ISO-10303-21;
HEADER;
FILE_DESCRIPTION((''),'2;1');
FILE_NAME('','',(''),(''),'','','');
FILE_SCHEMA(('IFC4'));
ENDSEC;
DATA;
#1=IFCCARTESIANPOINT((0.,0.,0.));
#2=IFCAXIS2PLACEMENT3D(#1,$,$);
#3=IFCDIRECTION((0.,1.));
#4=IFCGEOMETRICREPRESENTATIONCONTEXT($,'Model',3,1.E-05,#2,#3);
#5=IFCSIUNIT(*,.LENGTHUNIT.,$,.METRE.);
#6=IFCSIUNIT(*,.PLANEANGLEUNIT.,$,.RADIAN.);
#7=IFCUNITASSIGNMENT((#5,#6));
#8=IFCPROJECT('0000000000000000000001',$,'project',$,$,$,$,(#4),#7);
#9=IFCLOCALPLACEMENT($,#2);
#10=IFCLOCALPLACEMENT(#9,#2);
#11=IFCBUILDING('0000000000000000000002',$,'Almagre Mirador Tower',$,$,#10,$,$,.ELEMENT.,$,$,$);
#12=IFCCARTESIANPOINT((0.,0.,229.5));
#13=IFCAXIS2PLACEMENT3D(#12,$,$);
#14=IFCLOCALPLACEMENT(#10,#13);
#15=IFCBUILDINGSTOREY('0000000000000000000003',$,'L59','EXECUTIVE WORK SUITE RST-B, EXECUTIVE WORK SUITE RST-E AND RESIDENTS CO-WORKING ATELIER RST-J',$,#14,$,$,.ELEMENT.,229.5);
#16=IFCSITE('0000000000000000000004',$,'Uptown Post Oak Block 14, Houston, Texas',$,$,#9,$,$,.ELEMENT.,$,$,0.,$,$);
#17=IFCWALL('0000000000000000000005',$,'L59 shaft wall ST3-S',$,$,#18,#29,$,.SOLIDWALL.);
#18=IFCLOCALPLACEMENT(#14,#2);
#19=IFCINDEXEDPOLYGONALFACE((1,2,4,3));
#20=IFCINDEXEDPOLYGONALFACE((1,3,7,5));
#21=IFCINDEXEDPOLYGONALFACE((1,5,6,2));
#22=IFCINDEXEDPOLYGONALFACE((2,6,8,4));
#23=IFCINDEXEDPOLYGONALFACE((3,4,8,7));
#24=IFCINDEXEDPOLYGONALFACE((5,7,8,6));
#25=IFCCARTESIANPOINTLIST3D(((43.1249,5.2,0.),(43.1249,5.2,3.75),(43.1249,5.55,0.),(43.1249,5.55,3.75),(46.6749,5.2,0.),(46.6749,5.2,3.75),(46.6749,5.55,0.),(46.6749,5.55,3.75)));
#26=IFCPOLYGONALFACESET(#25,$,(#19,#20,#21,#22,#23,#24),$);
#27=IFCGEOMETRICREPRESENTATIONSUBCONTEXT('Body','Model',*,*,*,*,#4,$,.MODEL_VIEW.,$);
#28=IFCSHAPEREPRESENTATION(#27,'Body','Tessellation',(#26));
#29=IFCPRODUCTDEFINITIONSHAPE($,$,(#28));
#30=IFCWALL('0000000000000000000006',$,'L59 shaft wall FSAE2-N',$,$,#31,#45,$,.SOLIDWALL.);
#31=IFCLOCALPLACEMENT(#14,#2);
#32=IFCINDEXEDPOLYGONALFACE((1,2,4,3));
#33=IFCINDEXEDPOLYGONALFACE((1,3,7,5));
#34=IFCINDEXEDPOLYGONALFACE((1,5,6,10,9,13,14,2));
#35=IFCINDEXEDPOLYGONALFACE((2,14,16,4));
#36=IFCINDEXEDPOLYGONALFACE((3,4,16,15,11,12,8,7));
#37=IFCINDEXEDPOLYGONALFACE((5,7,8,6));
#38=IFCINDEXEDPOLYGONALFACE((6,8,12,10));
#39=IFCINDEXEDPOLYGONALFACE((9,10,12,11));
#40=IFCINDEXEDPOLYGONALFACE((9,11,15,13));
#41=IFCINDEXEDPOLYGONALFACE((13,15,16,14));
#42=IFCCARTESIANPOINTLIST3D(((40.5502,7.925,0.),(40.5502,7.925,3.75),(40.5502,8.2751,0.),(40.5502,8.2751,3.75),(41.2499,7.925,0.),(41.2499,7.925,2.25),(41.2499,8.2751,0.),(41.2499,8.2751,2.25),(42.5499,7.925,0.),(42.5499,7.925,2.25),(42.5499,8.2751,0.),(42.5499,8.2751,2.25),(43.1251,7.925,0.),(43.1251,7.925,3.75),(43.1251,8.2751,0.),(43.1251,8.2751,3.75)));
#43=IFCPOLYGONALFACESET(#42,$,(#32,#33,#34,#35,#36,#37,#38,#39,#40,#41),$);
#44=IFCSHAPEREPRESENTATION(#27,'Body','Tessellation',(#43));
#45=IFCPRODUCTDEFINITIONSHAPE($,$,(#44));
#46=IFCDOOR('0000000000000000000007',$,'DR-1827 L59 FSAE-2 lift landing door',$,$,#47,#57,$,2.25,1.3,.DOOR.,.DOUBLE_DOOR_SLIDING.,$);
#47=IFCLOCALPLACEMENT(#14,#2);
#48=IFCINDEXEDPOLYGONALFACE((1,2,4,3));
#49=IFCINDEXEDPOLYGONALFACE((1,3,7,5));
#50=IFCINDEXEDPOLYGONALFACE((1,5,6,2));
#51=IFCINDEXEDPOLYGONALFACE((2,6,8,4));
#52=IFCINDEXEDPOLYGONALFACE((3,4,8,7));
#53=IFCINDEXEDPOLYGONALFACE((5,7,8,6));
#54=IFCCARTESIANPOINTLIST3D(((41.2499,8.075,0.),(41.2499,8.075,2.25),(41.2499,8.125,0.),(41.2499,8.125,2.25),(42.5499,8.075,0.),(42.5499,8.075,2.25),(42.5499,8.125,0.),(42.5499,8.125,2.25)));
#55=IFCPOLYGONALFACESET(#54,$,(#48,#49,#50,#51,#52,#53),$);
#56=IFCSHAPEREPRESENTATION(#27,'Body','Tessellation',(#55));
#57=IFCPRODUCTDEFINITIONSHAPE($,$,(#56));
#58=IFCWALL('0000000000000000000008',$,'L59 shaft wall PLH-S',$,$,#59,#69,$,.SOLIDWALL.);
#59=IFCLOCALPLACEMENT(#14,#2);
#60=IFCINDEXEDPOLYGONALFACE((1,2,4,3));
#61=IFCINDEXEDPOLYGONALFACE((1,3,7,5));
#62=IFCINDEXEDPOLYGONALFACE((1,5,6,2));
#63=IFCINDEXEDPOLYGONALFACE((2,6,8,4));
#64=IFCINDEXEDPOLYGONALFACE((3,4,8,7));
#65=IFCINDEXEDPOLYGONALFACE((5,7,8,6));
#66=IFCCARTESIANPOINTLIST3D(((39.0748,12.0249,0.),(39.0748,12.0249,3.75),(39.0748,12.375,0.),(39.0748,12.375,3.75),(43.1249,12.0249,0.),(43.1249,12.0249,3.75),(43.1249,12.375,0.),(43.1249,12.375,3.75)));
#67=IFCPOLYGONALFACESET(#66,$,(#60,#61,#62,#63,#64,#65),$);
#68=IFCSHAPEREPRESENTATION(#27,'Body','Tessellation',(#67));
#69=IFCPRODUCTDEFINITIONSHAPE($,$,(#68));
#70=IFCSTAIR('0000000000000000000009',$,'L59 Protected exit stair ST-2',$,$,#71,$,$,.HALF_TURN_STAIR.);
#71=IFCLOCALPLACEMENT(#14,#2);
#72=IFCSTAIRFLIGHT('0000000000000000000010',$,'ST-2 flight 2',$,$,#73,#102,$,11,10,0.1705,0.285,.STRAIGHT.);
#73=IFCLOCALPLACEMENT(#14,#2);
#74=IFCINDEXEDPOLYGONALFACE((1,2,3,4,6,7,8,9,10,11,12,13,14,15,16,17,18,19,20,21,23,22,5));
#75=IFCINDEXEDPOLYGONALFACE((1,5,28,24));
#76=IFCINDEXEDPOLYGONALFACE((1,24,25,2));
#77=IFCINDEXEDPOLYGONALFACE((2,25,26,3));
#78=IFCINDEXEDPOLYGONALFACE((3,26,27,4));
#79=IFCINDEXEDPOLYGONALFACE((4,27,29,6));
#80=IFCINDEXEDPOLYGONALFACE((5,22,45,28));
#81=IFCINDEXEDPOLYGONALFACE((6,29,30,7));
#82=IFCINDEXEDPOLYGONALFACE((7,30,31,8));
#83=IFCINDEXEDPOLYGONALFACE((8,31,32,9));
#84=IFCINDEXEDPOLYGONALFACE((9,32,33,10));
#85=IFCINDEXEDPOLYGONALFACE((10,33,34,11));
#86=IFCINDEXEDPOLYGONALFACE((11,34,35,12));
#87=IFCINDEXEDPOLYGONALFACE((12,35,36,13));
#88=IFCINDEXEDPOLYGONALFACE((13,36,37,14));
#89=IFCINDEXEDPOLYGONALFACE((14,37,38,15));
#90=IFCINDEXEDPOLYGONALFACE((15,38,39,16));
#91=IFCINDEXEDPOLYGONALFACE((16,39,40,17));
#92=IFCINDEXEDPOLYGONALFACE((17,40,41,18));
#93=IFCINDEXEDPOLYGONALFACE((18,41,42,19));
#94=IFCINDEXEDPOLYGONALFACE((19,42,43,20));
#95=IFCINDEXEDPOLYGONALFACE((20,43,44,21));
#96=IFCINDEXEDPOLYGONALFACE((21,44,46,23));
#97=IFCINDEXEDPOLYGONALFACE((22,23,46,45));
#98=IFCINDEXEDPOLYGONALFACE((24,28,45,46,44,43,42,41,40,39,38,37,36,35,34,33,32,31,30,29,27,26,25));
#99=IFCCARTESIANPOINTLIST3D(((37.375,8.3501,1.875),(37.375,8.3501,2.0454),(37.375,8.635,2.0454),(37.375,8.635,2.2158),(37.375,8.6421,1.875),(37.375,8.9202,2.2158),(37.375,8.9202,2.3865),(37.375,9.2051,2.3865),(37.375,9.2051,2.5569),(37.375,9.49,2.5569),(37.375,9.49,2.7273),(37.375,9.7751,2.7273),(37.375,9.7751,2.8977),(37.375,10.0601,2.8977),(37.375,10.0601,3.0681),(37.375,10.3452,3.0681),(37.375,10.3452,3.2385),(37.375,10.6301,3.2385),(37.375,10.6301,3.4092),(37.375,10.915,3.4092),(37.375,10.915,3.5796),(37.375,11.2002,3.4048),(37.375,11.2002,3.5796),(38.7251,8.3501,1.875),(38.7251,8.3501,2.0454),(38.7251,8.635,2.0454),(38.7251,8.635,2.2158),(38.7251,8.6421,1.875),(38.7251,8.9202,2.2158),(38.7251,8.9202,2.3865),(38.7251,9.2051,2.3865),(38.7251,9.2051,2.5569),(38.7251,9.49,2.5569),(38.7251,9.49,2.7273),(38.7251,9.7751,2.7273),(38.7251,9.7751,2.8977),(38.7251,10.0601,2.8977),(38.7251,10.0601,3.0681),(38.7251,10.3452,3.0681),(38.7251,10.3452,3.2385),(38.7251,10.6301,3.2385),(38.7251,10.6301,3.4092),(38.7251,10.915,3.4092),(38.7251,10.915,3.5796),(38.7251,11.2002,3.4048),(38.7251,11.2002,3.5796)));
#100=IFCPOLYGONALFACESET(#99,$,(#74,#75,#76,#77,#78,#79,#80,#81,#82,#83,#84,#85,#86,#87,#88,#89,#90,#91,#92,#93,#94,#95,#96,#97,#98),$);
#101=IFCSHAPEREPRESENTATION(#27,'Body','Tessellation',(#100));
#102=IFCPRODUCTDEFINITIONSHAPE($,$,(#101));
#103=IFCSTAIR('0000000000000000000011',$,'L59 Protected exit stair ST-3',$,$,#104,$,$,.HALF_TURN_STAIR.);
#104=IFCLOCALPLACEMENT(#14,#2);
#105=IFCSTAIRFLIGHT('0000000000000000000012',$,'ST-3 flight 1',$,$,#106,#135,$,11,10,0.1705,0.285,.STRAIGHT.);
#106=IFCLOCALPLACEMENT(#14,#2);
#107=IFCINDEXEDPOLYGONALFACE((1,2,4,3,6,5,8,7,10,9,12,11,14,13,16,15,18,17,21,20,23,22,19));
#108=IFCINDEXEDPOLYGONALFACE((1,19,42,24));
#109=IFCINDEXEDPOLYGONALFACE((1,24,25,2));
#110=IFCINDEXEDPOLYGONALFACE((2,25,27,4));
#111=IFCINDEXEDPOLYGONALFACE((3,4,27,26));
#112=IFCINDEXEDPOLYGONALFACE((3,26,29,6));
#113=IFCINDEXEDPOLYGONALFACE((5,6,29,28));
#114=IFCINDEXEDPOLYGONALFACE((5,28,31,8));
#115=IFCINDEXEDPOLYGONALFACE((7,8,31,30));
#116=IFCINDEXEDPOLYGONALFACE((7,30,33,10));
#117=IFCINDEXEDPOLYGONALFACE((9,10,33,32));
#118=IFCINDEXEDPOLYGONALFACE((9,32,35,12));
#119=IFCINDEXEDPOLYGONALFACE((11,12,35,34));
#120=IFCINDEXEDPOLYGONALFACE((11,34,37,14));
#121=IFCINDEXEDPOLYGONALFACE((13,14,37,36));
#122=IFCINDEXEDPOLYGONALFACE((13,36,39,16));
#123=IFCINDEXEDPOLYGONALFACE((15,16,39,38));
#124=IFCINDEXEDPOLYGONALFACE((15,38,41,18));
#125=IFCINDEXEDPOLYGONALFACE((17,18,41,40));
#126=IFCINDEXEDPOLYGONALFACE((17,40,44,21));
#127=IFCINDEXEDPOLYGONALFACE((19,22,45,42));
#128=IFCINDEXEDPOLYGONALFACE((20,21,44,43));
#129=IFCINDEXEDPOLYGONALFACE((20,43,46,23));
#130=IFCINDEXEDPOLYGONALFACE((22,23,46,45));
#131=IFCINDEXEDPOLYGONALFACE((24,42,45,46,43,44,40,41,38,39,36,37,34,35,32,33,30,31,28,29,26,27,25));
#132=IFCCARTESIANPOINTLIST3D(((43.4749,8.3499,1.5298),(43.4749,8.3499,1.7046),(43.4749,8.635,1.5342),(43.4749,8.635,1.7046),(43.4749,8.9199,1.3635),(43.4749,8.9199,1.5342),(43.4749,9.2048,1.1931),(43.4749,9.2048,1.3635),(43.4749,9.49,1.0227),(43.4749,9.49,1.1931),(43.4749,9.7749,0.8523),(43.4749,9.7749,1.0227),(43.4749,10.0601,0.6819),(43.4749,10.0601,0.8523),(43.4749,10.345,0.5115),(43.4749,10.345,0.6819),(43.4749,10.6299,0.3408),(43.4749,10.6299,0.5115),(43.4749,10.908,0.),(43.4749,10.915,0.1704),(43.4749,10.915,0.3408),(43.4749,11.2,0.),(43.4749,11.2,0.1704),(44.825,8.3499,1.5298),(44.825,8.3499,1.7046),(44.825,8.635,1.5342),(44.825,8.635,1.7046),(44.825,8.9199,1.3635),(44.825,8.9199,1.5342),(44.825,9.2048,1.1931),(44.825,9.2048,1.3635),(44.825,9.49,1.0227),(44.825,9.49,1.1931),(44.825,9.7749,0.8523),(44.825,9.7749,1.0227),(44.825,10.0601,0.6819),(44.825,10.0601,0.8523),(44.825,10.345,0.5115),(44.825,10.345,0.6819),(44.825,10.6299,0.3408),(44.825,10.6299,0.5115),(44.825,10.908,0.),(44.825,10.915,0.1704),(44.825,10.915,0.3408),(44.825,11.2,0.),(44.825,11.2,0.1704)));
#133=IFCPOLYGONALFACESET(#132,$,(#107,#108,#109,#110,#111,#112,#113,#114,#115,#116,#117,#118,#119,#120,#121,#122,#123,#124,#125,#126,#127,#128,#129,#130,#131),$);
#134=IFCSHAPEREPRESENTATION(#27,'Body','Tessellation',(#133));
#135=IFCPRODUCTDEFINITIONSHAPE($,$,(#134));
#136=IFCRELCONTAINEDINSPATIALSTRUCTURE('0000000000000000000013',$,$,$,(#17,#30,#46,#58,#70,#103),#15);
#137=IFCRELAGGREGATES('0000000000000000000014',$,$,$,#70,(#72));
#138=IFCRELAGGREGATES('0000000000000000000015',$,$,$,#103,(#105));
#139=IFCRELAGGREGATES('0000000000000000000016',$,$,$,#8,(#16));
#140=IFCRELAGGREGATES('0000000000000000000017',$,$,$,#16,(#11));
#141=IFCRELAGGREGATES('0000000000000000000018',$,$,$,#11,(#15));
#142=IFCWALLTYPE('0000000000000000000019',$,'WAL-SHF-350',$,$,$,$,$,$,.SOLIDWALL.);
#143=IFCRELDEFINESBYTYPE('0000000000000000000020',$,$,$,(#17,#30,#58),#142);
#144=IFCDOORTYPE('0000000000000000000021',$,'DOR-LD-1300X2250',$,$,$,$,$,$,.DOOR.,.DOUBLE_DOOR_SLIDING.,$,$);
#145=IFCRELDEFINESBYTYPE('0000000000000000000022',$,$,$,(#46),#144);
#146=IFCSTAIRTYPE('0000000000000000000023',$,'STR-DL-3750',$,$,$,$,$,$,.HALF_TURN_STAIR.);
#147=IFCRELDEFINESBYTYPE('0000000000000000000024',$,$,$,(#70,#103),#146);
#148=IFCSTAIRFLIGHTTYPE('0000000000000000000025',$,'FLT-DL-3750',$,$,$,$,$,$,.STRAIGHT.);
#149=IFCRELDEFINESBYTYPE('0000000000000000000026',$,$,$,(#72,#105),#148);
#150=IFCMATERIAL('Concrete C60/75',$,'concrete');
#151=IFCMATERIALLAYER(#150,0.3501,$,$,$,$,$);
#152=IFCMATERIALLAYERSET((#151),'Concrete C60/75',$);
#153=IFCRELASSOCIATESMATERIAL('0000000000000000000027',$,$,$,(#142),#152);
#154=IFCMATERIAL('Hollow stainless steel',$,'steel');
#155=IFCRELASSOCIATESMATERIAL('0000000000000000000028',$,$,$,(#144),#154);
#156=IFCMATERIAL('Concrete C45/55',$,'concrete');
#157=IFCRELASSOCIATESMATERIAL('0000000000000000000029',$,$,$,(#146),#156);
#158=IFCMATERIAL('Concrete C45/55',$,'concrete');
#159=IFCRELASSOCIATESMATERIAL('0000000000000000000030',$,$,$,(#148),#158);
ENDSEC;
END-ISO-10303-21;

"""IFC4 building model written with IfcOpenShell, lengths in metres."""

from ifc_helpers import new_model, si_unit, direction, frame, frame_2d, origin, place, context, subcontext, project, spatial, polyline, rectangle, outline, extrude, material, layer, layer_set, type_object, element, fill, aggregate, save


model = new_model("IFC4")

# Units and contexts
model_context = context("Model", 3, precision=1e-05, world=origin(), true_north=direction((0.0, 1.0)))
body_context = subcontext(model_context, "Body", "Model", "MODEL_VIEW")
ifc_project = project(units=[si_unit("LENGTHUNIT", "METRE"), si_unit("PLANEANGLEUNIT", "RADIAN")], contexts=[model_context])

# Site, building, storey
site_placement = place(None, origin())
site = spatial("IfcSite", under=ifc_project, at=site_placement, Name="Uptown Post Oak Block 14, Houston, Texas", CompositionType="ELEMENT", RefElevation=0.0)
building_placement = place(site_placement, origin())
building = spatial("IfcBuilding", under=site, at=building_placement, Name="Almagre Mirador Tower", CompositionType="ELEMENT")
storey_placement = place(building_placement, frame((0.0, 0.0, 229.5)))
storey = spatial("IfcBuildingStorey", under=building, at=storey_placement, Name="L59", Description="EXECUTIVE WORK SUITE RST-B, EXECUTIVE WORK SUITE RST-E AND RESIDENTS CO-WORKING ATELIER RST-J", CompositionType="ELEMENT", Elevation=229.5)

# Wall
ifc_material_1 = material(Name="Concrete C60/75", Category="concrete")
ifc_layer = layer(ifc_material_1, 0.3501)
ifc_layer_set = layer_set([ifc_layer], Name="Concrete C60/75")
wall_type = type_object("IfcWallType", Name="WAL-SHF-350", PredefinedType="SOLIDWALL", material=ifc_layer_set)
wall_1_placement = place(storey_placement, frame((43.125, 5.375, 0.0), z_axis=(0.0, 0.0, 1.0), x_axis=(1.0, 0.0, 0.0)))
element("IfcWall", 1, at=wall_1_placement, inside=storey, type_object=wall_type, Name="L59 shaft wall ST3-S", PredefinedType="SOLIDWALL", context=body_context, shape_type="SweptSolid", body=[
    extrude(rectangle(XDim=3.55, YDim=0.3501, at=frame_2d((1.7749, 0.0))), origin(), (0.0, 0.0, 1.0), 3.75),
])

# Wall, opening, door
wall_2_placement = place(storey_placement, frame((40.55, 8.1001, 0.0), z_axis=(0.0, 0.0, 1.0), x_axis=(1.0, 0.0, 0.0)))
wall_2 = element("IfcWall", 2, at=wall_2_placement, inside=storey, type_object=wall_type, Name="L59 shaft wall FSAE2-N", PredefinedType="SOLIDWALL", context=body_context, shape_type="SweptSolid", body=[
    extrude(rectangle(XDim=2.575, YDim=0.3501, at=frame_2d((1.2876, 0.0))), origin(), (0.0, 0.0, 1.0), 3.75),
])
opening_placement = place(wall_2_placement, frame((0.7, 0.0, 0.0)))
opening = element("IfcOpeningElement", 3, at=opening_placement, cuts=wall_2, PredefinedType="OPENING", context=body_context, shape_type="SweptSolid", body=[
    extrude(rectangle(XDim=1.3, YDim=2.25, at=frame_2d((0.6499, 1.125))), frame((0.0, 0.185, 0.0), z_axis=(0.0, -1.0, 0.0), x_axis=(1.0, 0.0, 0.0)), (0.0, 0.0, 1.0), 0.3701),
])
ifc_material_2 = material(Name="Hollow stainless steel", Category="steel")
door_type = type_object("IfcDoorType", Name="DOR-LD-1300X2250", OperationType="DOUBLE_DOOR_SLIDING", PredefinedType="DOOR", material=ifc_material_2)
door_placement = place(opening_placement, origin())
door = element("IfcDoor", 4, at=door_placement, inside=storey, type_object=door_type, Name="DR-1827 L59 FSAE-2 lift landing door", OperationType="DOUBLE_DOOR_SLIDING", OverallHeight=2.25, OverallWidth=1.3, PredefinedType="DOOR", context=body_context, shape_type="SweptSolid", body=[
    extrude(rectangle(XDim=1.3, YDim=2.25, at=frame_2d((0.6499, 1.125))), frame((0.0, 0.0249, 0.0), z_axis=(0.0, -1.0, 0.0), x_axis=(1.0, 0.0, 0.0)), (0.0, 0.0, 1.0), 0.05),
])
fill(opening, door)

# Wall
wall_3_placement = place(storey_placement, frame((39.075, 12.2, 0.0), z_axis=(0.0, 0.0, 1.0), x_axis=(1.0, 0.0, 0.0)))
element("IfcWall", 5, at=wall_3_placement, inside=storey, type_object=wall_type, Name="L59 shaft wall PLH-S", PredefinedType="SOLIDWALL", context=body_context, shape_type="SweptSolid", body=[
    extrude(rectangle(XDim=4.05, YDim=0.3501, at=frame_2d((2.0249, 0.0))), origin(), (0.0, 0.0, 1.0), 3.75),
])

# Stairs, stair flights
ifc_material_3 = material(Name="Concrete C45/55", Category="concrete")
stair_type = type_object("IfcStairType", Name="STR-DL-3750", PredefinedType="HALF_TURN_STAIR", material=ifc_material_3)
stair_1_placement = place(storey_placement, origin())
stair_1 = element("IfcStair", 6, at=stair_1_placement, inside=storey, type_object=stair_type, Name="L59 Protected exit stair ST-2", PredefinedType="HALF_TURN_STAIR")
ifc_material_4 = material(Name="Concrete C45/55", Category="concrete")
stair_flight_type = type_object("IfcStairFlightType", Name="FLT-DL-3750", PredefinedType="STRAIGHT", material=ifc_material_4)
stair_flight_1_placement = place(storey_placement, frame((38.05, 8.3501, 1.875), z_axis=(0.0, 0.0, 1.0), x_axis=(0.0, 1.0, 0.0)))
stair_flight_1 = element("IfcStairFlight", 7, at=stair_flight_1_placement, type_object=stair_flight_type, Name="ST-2 flight 2", NumberOfRisers=11, NumberOfTreads=10, PredefinedType="STRAIGHT", RiserHeight=0.1705, TreadLength=0.285, context=body_context, shape_type="SweptSolid", body=[
    extrude(outline(polyline([(0.0, 0.0), (0.0, 0.1704), (0.2849, 0.1704), (0.2849, 0.3408), (0.5701, 0.3408), (0.5701, 0.5115), (0.855, 0.5115), (0.855, 0.6819), (1.1399, 0.6819), (1.1399, 0.8523), (1.425, 0.8523), (1.425, 1.0227), (1.71, 1.0227), (1.71, 1.1931), (1.9951, 1.1931), (1.9951, 1.3635), (2.28, 1.3635), (2.28, 1.5342), (2.5649, 1.5342), (2.5649, 1.7046), (2.8501, 1.7046), (2.8501, 1.875), (2.8501, 1.5298), (0.292, 0.0), (0.0, 0.0)])), frame((0.0, 0.675, 0.0), z_axis=(0.0, -1.0, 0.0), x_axis=(1.0, 0.0, 0.0)), (0.0, 0.0, 1.0), 1.3501),
])
aggregate(stair_1, [stair_flight_1])
stair_2_placement = place(storey_placement, origin())
stair_2 = element("IfcStair", 8, at=stair_2_placement, inside=storey, type_object=stair_type, Name="L59 Protected exit stair ST-3", PredefinedType="HALF_TURN_STAIR")
stair_flight_2_placement = place(storey_placement, frame((44.1499, 11.2, 0.0), z_axis=(0.0, 0.0, 1.0), x_axis=(0.0, -1.0, 0.0)))
stair_flight_2 = element("IfcStairFlight", 9, at=stair_flight_2_placement, type_object=stair_flight_type, Name="ST-3 flight 1", NumberOfRisers=11, NumberOfTreads=10, PredefinedType="STRAIGHT", RiserHeight=0.1705, TreadLength=0.285, context=body_context, shape_type="SweptSolid", body=[
    extrude(outline(polyline([(0.0, 0.0), (0.0, 0.1704), (0.2849, 0.1704), (0.2849, 0.3408), (0.5701, 0.3408), (0.5701, 0.5115), (0.855, 0.5115), (0.855, 0.6819), (1.1399, 0.6819), (1.1399, 0.8523), (1.425, 0.8523), (1.425, 1.0227), (1.71, 1.0227), (1.71, 1.1931), (1.9951, 1.1931), (1.9951, 1.3635), (2.28, 1.3635), (2.28, 1.5342), (2.5649, 1.5342), (2.5649, 1.7046), (2.8501, 1.7046), (2.8501, 1.875), (2.8501, 1.5298), (0.292, 0.0), (0.0, 0.0)])), frame((0.0, 0.675, 0.0), z_axis=(0.0, -1.0, 0.0), x_axis=(1.0, 0.0, 0.0)), (0.0, 0.0, 1.0), 1.3501),
])
aggregate(stair_2, [stair_flight_2])

save(model, "model.ifc")
